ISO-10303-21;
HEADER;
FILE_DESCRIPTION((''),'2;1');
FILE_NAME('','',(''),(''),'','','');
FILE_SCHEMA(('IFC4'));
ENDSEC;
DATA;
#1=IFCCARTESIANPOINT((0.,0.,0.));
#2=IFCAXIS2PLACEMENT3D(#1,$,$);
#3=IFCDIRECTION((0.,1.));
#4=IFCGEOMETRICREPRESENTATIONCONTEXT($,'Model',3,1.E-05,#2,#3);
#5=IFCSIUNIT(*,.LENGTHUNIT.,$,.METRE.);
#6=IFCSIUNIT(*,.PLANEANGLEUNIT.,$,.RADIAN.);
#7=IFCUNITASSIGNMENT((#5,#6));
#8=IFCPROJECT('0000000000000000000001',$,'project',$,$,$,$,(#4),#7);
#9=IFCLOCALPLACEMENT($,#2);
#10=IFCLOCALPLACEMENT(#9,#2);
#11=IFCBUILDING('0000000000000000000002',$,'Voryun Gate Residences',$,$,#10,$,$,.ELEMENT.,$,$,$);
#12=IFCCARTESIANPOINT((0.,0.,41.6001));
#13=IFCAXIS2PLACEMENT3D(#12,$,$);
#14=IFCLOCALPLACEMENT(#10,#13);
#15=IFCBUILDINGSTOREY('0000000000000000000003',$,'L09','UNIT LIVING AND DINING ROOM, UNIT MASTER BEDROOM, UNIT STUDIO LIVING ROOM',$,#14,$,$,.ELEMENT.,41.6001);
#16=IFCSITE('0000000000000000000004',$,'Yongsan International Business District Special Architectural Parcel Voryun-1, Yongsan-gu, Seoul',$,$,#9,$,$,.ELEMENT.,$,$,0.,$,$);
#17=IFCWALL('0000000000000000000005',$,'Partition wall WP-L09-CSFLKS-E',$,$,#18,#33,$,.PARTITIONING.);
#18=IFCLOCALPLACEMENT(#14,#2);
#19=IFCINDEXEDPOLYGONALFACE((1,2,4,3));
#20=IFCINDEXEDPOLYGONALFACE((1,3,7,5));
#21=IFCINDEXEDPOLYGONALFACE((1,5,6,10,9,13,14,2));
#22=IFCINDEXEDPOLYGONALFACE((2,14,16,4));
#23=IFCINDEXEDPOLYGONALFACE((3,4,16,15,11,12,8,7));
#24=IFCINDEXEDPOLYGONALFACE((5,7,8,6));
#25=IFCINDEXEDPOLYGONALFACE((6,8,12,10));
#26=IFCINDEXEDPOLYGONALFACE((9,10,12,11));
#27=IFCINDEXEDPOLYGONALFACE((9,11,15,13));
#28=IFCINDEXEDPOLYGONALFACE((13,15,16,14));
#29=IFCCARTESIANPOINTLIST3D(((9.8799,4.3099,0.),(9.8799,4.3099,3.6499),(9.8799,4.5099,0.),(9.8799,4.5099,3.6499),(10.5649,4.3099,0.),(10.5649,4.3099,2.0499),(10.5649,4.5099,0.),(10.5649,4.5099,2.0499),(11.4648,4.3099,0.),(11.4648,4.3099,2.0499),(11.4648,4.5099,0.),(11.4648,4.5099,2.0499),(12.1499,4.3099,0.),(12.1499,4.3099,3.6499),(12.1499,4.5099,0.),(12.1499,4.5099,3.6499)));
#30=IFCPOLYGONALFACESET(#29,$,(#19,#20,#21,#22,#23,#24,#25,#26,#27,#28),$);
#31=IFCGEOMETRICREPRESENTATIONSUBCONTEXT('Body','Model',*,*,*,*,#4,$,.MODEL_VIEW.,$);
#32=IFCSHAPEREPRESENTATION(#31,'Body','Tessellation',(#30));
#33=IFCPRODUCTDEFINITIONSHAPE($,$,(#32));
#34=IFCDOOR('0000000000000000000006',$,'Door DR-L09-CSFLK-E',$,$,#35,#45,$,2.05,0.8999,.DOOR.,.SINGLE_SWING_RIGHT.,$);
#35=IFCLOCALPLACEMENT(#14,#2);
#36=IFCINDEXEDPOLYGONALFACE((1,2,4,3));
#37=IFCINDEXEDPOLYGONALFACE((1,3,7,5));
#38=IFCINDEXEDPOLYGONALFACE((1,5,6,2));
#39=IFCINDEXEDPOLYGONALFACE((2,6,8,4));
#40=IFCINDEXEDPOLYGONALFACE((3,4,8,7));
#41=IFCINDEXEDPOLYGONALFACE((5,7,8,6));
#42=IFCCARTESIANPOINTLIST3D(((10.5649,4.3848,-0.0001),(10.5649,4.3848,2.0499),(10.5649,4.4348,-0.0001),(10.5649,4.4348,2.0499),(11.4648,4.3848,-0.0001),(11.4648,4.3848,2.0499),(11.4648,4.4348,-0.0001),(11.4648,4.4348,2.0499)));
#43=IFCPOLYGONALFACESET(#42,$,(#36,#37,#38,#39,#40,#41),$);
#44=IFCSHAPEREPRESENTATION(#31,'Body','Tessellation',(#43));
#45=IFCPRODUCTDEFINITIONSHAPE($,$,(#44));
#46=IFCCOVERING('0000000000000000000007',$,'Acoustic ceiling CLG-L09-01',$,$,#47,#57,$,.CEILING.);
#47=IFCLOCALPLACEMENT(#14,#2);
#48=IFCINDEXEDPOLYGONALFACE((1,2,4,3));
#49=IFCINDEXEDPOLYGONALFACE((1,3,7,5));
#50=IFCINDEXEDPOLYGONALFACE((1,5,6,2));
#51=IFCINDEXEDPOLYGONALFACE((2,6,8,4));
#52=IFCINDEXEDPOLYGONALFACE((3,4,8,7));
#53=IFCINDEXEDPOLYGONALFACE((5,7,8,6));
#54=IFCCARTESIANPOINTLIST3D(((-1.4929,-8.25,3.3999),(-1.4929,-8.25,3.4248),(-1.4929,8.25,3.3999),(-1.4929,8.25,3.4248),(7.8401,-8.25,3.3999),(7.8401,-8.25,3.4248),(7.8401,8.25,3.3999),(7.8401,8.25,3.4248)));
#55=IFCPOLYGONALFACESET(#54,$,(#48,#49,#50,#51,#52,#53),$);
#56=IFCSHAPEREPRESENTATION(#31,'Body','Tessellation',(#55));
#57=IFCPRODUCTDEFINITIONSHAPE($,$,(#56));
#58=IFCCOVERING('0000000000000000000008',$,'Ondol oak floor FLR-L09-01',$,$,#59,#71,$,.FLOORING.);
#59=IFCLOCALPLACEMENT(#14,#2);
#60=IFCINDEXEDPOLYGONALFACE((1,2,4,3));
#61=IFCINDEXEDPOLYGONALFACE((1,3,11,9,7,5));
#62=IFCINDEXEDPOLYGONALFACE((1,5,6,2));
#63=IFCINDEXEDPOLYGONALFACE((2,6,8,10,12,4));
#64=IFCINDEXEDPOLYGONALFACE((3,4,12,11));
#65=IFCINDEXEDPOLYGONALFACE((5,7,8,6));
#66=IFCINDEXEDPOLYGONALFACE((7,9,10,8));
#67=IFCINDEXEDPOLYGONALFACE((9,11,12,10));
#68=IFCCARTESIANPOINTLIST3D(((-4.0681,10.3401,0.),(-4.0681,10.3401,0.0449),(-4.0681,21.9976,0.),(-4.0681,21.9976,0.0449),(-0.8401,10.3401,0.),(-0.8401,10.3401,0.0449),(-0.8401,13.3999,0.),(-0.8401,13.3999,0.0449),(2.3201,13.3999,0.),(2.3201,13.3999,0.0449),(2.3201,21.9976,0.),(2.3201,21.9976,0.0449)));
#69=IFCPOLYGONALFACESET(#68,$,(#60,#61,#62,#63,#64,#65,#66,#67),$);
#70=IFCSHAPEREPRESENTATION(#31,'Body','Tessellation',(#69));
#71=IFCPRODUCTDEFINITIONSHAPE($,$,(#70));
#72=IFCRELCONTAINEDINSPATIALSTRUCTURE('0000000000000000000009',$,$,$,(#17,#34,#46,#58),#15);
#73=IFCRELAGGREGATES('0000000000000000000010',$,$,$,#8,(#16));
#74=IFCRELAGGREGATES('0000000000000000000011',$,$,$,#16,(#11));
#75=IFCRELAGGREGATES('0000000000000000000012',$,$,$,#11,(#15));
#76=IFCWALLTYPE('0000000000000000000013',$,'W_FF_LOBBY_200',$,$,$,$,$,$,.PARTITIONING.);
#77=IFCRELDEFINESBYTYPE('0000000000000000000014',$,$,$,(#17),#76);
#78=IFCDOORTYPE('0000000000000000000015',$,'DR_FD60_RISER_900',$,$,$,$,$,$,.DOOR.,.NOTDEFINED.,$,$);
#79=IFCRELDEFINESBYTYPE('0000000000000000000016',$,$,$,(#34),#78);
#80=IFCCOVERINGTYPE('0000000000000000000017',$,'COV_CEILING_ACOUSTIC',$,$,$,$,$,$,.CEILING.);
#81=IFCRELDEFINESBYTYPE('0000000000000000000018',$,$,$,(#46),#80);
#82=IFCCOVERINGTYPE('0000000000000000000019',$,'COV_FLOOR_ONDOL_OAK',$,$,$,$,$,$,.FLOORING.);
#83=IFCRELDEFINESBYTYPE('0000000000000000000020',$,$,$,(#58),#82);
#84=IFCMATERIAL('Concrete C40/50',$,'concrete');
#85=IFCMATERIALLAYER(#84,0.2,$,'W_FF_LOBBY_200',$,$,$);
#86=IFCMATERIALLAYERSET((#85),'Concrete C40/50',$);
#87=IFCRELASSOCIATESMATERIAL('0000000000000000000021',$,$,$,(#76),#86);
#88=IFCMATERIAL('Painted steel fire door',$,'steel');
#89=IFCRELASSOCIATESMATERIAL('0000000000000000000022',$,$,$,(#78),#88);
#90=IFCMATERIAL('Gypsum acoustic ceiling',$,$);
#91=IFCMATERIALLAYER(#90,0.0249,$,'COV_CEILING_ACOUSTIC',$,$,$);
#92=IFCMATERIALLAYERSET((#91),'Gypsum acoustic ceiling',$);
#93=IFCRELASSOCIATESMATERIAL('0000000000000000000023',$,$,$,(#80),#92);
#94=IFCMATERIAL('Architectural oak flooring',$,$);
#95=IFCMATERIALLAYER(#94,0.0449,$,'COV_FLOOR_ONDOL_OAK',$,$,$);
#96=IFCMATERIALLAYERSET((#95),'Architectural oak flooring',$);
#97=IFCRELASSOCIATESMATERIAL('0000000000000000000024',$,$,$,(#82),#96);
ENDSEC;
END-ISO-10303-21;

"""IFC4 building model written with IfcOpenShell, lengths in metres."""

from ifc_helpers import new_model, si_unit, direction, frame, frame_2d, origin, place, context, subcontext, project, spatial, polyline, rectangle, outline, extrude, material, layer, layer_set, type_object, element, fill, save


model = new_model("IFC4")

# Units and contexts
model_context = context("Model", 3, precision=1e-05, world=origin(), true_north=direction((0.0, 1.0)))
body_context = subcontext(model_context, "Body", "Model", "MODEL_VIEW")
ifc_project = project(units=[si_unit("LENGTHUNIT", "METRE"), si_unit("PLANEANGLEUNIT", "RADIAN")], contexts=[model_context])

# Site, building, storey
site_placement = place(None, origin())
site = spatial("IfcSite", under=ifc_project, at=site_placement, Name="Yongsan International Business District Special Architectural Parcel Voryun-1, Yongsan-gu, Seoul", CompositionType="ELEMENT", RefElevation=0.0)
building_placement = place(site_placement, origin())
building = spatial("IfcBuilding", under=site, at=building_placement, Name="Voryun Gate Residences", CompositionType="ELEMENT")
storey_placement = place(building_placement, frame((0.0, 0.0, 41.6001)))
storey = spatial("IfcBuildingStorey", under=building, at=storey_placement, Name="L09", Description="UNIT LIVING AND DINING ROOM, UNIT MASTER BEDROOM, UNIT STUDIO LIVING ROOM", CompositionType="ELEMENT", Elevation=41.6001)

# Shared definitions
ifc_material_1 = material(Name="Concrete C40/50", Category="concrete")
ifc_layer_1 = layer(ifc_material_1, 0.2, Name="W_FF_LOBBY_200")
ifc_layer_set_1 = layer_set([ifc_layer_1], Name="Concrete C40/50")
wall_type_1 = type_object("IfcWallType", Name="W_FF_LOBBY_200", PredefinedType="PARTITIONING", material=ifc_layer_set_1)

# Wall, opening, door
wall_1_placement = place(storey_placement, frame((9.8799, 4.4099, 0.0), z_axis=(0.0, 0.0, 1.0), x_axis=(1.0, 0.0, 0.0)))
wall_1 = element("IfcWall", 1, at=wall_1_placement, inside=storey, type_object=wall_type_1, Name="Partition wall WP-L09-CSFLKS-E", PredefinedType="PARTITIONING", context=body_context, shape_type="SweptSolid", body=[
    extrude(rectangle(XDim=2.27, YDim=0.2, at=frame_2d((1.135, 0.0))), origin(), (0.0, 0.0, 1.0), 3.6499),
])
opening_placement = place(wall_1_placement, frame((0.6851, 0.0, 0.0)))
opening = element("IfcOpeningElement", 2, at=opening_placement, cuts=wall_1, PredefinedType="OPENING", context=body_context, shape_type="SweptSolid", body=[
    extrude(rectangle(XDim=0.8999, YDim=2.05, at=frame_2d((0.45, 1.0249))), frame((0.0, 0.1101, 0.0), z_axis=(0.0, -1.0, 0.0), x_axis=(1.0, 0.0, 0.0)), (0.0, 0.0, 1.0), 0.22),
])
ifc_material_2 = material(Name="Painted steel fire door", Category="steel")
door_type = type_object("IfcDoorType", Name="DR_FD60_RISER_900", OperationType="NOTDEFINED", PredefinedType="DOOR", material=ifc_material_2)
door_placement = place(opening_placement, origin())
door = element("IfcDoor", 3, at=door_placement, inside=storey, type_object=door_type, Name="Door DR-L09-CSFLK-E", OperationType="SINGLE_SWING_RIGHT", OverallHeight=2.05, OverallWidth=0.8999, PredefinedType="DOOR", context=body_context, shape_type="SweptSolid", body=[
    extrude(rectangle(XDim=0.8999, YDim=2.05, at=frame_2d((0.45, 1.0249))), frame((0.0, 0.0249, 0.0), z_axis=(0.0, -1.0, 0.0), x_axis=(1.0, 0.0, 0.0)), (0.0, 0.0, 1.0), 0.05),
])
fill(opening, door)

# Coverings
ifc_material_3 = material(Name="Gypsum acoustic ceiling")
ifc_layer_2 = layer(ifc_material_3, 0.0249, Name="COV_CEILING_ACOUSTIC")
ifc_layer_set_2 = layer_set([ifc_layer_2], Name="Gypsum acoustic ceiling")
covering_type_1 = type_object("IfcCoveringType", Name="COV_CEILING_ACOUSTIC", PredefinedType="CEILING", material=ifc_layer_set_2)
covering_1_placement = place(storey_placement, frame((0.0, 0.0, 3.3999)))
element("IfcCovering", 4, at=covering_1_placement, inside=storey, type_object=covering_type_1, Name="Acoustic ceiling CLG-L09-01", PredefinedType="CEILING", context=body_context, shape_type="SweptSolid", body=[
    extrude(outline(polyline([(-1.4929, 8.25), (7.8401, 8.25), (7.8401, -8.25), (-1.4929, -8.25), (-1.4929, 8.25)])), origin(), (0.0, 0.0, 1.0), 0.0249),
])
ifc_material_4 = material(Name="Architectural oak flooring")
ifc_layer_3 = layer(ifc_material_4, 0.0449, Name="COV_FLOOR_ONDOL_OAK")
ifc_layer_set_3 = layer_set([ifc_layer_3], Name="Architectural oak flooring")
covering_type_2 = type_object("IfcCoveringType", Name="COV_FLOOR_ONDOL_OAK", PredefinedType="FLOORING", material=ifc_layer_set_3)
covering_2_placement = place(storey_placement, origin())
element("IfcCovering", 5, at=covering_2_placement, inside=storey, type_object=covering_type_2, Name="Ondol oak floor FLR-L09-01", PredefinedType="FLOORING", context=body_context, shape_type="SweptSolid", body=[
    extrude(outline(polyline([(2.3201, 21.9976), (2.3201, 13.3999), (-0.8401, 13.3999), (-0.8401, 10.3401), (-4.0681, 10.3401), (-4.0681, 21.9976), (2.3201, 21.9976)])), origin(), (0.0, 0.0, 1.0), 0.0449),
])

save(model, "model.ifc")
